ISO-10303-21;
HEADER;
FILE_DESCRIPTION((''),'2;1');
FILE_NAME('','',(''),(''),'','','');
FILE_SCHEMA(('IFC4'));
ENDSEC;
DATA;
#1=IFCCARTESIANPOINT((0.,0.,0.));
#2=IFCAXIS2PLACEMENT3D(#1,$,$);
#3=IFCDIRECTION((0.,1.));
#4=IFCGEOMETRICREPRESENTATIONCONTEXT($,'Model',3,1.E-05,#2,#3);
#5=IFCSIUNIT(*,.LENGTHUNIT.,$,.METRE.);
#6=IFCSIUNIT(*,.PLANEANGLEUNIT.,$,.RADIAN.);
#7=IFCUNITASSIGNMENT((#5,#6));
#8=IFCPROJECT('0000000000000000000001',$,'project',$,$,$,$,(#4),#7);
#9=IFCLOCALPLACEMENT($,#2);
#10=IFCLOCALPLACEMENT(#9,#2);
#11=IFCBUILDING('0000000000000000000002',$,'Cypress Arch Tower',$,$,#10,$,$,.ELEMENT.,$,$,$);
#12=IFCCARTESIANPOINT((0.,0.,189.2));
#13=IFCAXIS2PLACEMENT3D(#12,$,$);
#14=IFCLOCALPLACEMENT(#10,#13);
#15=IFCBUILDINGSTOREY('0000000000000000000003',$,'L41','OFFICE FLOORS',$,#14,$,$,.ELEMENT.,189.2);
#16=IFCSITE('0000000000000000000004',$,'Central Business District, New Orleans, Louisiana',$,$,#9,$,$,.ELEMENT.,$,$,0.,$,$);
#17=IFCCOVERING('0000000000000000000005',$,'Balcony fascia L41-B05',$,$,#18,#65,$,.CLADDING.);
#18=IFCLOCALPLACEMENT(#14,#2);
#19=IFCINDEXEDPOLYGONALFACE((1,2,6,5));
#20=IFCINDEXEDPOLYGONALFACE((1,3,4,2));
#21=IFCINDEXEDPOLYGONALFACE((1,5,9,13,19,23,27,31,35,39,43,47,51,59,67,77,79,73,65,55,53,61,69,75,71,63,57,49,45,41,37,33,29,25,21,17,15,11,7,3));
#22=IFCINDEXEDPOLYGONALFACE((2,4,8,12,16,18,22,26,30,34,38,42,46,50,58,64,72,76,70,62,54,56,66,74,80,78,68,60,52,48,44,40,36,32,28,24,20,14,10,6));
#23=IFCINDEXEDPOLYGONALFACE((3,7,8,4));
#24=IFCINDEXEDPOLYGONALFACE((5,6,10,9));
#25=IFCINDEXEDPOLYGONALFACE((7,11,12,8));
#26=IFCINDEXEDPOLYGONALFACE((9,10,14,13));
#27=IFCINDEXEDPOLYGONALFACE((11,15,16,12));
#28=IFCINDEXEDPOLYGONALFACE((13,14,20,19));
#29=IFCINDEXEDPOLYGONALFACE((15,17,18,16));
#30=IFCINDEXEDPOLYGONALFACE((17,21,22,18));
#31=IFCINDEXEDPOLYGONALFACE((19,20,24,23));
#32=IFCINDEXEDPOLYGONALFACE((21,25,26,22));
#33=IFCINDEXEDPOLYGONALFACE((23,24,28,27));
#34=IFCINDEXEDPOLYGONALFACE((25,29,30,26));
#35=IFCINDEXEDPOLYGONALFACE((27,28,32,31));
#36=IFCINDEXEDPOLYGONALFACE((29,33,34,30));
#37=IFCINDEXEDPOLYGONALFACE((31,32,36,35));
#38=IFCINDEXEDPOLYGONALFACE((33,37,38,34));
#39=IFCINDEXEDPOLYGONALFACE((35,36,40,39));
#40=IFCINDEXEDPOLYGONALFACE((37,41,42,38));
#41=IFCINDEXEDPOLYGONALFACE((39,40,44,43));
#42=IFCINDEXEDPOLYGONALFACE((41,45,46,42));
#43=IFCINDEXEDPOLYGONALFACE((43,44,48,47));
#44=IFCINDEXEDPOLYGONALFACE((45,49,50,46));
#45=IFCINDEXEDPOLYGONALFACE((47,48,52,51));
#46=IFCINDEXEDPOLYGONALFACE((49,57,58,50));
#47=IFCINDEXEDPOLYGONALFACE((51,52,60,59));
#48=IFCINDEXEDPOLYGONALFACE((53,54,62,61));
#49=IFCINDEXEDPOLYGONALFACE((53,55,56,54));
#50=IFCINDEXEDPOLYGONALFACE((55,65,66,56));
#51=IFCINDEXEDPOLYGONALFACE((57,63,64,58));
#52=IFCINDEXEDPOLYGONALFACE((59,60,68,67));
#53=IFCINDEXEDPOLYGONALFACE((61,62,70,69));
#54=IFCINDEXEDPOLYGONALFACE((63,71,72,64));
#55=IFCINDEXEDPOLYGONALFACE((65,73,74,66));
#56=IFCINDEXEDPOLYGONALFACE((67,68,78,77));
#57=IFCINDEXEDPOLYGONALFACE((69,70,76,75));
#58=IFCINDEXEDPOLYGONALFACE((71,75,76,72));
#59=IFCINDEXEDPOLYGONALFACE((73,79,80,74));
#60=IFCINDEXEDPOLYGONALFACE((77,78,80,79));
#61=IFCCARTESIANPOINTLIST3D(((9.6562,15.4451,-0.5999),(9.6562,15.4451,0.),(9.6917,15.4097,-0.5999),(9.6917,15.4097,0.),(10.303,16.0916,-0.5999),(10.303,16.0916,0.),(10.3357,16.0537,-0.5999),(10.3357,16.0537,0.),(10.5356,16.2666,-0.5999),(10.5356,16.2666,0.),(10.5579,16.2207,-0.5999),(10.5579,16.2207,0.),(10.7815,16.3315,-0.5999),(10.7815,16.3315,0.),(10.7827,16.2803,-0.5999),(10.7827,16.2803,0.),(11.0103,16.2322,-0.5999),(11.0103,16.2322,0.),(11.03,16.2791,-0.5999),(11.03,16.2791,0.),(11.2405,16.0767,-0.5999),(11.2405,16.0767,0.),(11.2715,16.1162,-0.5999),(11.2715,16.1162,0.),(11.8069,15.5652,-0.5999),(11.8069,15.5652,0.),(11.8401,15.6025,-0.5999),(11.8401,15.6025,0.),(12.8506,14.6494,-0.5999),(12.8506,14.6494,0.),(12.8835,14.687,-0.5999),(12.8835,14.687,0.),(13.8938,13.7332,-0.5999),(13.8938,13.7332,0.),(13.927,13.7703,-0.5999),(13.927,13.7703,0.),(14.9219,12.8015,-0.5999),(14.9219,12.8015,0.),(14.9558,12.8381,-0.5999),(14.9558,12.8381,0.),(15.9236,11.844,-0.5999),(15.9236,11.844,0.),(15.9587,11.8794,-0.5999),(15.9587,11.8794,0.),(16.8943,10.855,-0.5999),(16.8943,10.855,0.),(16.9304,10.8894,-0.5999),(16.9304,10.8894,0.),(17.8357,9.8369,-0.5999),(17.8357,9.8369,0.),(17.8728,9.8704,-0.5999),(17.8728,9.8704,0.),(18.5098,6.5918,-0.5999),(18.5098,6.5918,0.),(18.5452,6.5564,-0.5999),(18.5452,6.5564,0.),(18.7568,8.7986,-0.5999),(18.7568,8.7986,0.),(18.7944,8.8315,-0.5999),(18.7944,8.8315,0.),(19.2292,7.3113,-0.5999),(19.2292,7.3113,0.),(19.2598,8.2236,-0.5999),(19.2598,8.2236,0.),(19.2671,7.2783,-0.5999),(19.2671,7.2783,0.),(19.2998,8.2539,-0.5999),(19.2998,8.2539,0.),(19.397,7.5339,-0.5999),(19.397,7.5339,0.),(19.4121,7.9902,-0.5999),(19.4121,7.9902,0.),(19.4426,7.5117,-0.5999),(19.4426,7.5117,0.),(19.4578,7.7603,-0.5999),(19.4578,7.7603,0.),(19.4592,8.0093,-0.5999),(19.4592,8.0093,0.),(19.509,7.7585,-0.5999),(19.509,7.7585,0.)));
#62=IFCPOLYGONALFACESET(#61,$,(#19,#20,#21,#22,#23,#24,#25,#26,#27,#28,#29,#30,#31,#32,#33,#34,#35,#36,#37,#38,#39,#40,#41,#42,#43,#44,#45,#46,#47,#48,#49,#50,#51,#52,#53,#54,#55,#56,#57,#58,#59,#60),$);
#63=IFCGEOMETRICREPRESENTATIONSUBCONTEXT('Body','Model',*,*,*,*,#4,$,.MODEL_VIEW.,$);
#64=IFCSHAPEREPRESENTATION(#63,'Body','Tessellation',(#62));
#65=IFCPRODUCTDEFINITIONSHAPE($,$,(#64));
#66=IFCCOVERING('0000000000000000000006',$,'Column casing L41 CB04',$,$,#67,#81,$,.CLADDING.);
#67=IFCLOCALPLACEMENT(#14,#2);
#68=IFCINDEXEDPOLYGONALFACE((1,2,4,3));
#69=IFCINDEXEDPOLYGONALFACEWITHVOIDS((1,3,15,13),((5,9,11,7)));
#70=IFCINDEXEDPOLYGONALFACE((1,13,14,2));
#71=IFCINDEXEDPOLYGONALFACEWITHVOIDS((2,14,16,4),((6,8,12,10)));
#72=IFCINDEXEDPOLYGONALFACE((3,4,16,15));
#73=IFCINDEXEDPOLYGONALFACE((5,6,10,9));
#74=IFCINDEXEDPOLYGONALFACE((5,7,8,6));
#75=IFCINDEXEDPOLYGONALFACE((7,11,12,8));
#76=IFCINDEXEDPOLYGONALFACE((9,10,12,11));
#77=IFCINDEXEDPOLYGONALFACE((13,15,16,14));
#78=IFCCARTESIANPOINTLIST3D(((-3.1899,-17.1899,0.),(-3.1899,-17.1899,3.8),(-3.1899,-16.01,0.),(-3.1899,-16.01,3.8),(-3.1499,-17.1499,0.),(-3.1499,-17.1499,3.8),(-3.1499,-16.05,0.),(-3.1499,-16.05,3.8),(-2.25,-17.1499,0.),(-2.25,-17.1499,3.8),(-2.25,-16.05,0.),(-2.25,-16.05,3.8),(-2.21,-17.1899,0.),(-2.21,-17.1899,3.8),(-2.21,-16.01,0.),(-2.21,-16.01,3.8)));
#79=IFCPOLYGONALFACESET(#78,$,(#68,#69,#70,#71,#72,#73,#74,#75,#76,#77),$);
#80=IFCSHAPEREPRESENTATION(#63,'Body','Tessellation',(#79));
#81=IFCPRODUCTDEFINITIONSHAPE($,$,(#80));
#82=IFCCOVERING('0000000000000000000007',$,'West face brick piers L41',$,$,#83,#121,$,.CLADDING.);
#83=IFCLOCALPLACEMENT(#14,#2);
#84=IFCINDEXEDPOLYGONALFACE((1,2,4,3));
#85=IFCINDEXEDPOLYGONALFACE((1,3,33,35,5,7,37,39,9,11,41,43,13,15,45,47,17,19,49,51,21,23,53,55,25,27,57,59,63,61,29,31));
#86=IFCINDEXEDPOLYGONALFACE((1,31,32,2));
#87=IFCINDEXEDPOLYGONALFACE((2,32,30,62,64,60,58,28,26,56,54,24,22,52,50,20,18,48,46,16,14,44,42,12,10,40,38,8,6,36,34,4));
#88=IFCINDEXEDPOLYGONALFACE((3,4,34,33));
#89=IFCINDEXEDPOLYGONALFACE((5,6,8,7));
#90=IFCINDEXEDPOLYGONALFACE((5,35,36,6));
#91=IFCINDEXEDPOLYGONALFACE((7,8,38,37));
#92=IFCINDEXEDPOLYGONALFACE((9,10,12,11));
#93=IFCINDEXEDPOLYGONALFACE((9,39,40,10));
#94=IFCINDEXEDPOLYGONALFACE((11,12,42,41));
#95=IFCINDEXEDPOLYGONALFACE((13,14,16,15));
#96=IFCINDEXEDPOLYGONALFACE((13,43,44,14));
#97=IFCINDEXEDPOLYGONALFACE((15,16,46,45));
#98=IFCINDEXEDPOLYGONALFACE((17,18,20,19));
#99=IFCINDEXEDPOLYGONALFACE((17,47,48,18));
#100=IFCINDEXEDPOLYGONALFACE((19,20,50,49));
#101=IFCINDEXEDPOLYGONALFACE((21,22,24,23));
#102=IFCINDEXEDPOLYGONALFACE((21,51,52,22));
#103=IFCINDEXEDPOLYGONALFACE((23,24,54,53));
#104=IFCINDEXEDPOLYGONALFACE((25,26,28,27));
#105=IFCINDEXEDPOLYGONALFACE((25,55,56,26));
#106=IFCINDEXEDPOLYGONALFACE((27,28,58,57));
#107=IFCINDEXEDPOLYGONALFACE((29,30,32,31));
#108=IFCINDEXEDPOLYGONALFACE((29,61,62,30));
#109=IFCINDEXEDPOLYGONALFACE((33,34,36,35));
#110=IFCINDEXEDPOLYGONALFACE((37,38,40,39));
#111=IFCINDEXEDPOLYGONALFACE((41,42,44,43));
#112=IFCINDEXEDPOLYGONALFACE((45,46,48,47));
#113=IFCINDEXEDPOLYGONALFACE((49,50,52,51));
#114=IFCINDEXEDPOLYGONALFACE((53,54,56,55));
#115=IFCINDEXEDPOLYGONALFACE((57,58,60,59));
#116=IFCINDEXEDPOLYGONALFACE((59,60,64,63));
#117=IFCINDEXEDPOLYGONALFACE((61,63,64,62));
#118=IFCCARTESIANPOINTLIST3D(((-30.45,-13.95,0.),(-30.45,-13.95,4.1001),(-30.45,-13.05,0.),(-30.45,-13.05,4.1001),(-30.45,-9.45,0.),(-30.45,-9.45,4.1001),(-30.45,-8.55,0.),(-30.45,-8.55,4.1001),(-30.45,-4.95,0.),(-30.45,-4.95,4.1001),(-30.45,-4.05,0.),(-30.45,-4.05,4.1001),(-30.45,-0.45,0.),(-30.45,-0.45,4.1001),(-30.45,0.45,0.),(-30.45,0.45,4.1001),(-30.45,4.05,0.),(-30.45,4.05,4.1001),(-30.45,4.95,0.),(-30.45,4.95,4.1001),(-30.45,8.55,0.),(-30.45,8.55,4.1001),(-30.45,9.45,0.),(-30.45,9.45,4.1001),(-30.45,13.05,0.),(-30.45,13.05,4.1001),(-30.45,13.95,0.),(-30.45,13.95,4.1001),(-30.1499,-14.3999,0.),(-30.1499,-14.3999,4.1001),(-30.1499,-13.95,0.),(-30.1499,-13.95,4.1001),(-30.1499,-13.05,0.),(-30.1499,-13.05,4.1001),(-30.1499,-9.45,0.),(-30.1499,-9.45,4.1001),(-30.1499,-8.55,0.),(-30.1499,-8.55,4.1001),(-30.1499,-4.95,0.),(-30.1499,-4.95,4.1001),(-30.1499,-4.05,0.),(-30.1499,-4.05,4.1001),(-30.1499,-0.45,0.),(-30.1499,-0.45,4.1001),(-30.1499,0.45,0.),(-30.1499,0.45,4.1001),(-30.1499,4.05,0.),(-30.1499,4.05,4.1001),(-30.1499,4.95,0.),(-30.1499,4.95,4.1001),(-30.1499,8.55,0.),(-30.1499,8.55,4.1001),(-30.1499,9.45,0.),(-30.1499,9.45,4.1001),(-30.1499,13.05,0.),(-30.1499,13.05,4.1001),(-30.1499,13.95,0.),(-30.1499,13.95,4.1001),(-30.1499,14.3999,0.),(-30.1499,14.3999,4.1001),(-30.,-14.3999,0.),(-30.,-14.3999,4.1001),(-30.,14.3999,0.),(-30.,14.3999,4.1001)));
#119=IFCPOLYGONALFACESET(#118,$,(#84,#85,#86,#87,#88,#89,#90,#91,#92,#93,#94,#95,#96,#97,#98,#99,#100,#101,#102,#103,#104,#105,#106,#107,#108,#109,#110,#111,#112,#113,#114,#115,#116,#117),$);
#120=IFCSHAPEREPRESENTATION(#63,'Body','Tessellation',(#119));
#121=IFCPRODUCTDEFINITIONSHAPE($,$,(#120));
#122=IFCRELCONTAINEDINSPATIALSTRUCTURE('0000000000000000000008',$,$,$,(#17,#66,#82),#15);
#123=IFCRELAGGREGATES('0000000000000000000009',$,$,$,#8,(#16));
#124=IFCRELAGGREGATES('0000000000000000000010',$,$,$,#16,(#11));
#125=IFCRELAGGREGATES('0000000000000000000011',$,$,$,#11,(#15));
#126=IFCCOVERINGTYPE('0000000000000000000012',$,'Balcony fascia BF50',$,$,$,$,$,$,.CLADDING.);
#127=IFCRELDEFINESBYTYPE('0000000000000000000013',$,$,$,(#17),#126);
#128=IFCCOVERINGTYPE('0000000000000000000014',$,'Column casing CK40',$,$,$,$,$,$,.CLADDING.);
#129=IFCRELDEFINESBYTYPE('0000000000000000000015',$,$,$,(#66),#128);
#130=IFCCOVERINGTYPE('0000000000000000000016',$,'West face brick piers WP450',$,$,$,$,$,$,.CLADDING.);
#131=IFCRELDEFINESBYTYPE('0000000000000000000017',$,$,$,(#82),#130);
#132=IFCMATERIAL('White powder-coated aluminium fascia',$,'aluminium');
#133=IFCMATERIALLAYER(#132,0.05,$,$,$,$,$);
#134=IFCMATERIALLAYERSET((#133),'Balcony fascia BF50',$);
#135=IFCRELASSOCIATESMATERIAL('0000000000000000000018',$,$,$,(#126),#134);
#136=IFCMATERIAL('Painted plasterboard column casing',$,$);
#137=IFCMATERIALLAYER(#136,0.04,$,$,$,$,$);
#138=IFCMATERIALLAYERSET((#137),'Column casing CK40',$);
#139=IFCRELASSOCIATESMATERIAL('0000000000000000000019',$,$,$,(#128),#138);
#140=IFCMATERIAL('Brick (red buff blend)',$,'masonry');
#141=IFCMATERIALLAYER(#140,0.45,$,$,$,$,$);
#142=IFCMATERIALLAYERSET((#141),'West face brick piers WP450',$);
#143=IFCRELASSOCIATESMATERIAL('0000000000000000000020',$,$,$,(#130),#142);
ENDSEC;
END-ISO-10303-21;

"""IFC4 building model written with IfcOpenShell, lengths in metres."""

from ifc_helpers import new_model, si_unit, direction, frame, origin, place, context, subcontext, project, spatial, polyline, outline, extrude, material, layer, layer_set, type_object, element, save


model = new_model("IFC4")

# Units and contexts
model_context = context("Model", 3, precision=1e-05, world=origin(), true_north=direction((0.0, 1.0)))
body_context = subcontext(model_context, "Body", "Model", "MODEL_VIEW")
ifc_project = project(units=[si_unit("LENGTHUNIT", "METRE"), si_unit("PLANEANGLEUNIT", "RADIAN")], contexts=[model_context])

# Site, building, storey
site_placement = place(None, origin())
site = spatial("IfcSite", under=ifc_project, at=site_placement, Name="Central Business District, New Orleans, Louisiana", CompositionType="ELEMENT", RefElevation=0.0)
building_placement = place(site_placement, origin())
building = spatial("IfcBuilding", under=site, at=building_placement, Name="Cypress Arch Tower", CompositionType="ELEMENT")
storey_placement = place(building_placement, frame((0.0, 0.0, 189.2)))
storey = spatial("IfcBuildingStorey", under=building, at=storey_placement, Name="L41", Description="OFFICE FLOORS", CompositionType="ELEMENT", Elevation=189.2)

# Coverings
ifc_material_1 = material(Name="White powder-coated aluminium fascia", Category="aluminium")
ifc_layer_1 = layer(ifc_material_1, 0.05)
ifc_layer_set_1 = layer_set([ifc_layer_1], Name="Balcony fascia BF50")
covering_type_1 = type_object("IfcCoveringType", Name="Balcony fascia BF50", PredefinedType="CLADDING", material=ifc_layer_set_1)
covering_1_placement = place(storey_placement, frame((0.0, 0.0, -0.5999)))
element("IfcCovering", 1, at=covering_1_placement, inside=storey, type_object=covering_type_1, Name="Balcony fascia L41-B05", PredefinedType="CLADDING", context=body_context, shape_type="SweptSolid", body=[
    extrude(outline(polyline([(10.303, 16.0916), (10.5356, 16.2666), (10.7815, 16.3315), (11.03, 16.2791), (11.2715, 16.1162), (11.8401, 15.6025), (12.8835, 14.687), (13.927, 13.7703), (14.9558, 12.8381), (15.9587, 11.8794), (16.9304, 10.8894), (17.8728, 9.8704), (18.7944, 8.8315), (19.2998, 8.2539), (19.4592, 8.0093), (19.509, 7.7585), (19.4426, 7.5117), (19.2671, 7.2783), (18.5452, 6.5564), (18.5098, 6.5918), (19.2292, 7.3113), (19.397, 7.5339), (19.4578, 7.7603), (19.4121, 7.9902), (19.2598, 8.2236), (18.7568, 8.7986), (17.8357, 9.8369), (16.8943, 10.855), (15.9236, 11.844), (14.9219, 12.8015), (13.8938, 13.7332), (12.8506, 14.6494), (11.8069, 15.5652), (11.2405, 16.0767), (11.0103, 16.2322), (10.7827, 16.2803), (10.5579, 16.2207), (10.3357, 16.0537), (9.6917, 15.4097), (9.6562, 15.4451), (10.303, 16.0916)])), origin(), (0.0, 0.0, 1.0), 0.5999),
])
ifc_material_2 = material(Name="Painted plasterboard column casing")
ifc_layer_2 = layer(ifc_material_2, 0.04)
ifc_layer_set_2 = layer_set([ifc_layer_2], Name="Column casing CK40")
covering_type_2 = type_object("IfcCoveringType", Name="Column casing CK40", PredefinedType="CLADDING", material=ifc_layer_set_2)
covering_2_placement = place(storey_placement, origin())
element("IfcCovering", 2, at=covering_2_placement, inside=storey, type_object=covering_type_2, Name="Column casing L41 CB04", PredefinedType="CLADDING", context=body_context, shape_type="SweptSolid", body=[
    extrude(outline(polyline([(-3.1899, -17.1899), (-3.1899, -16.01), (-2.21, -16.01), (-2.21, -17.1899), (-3.1899, -17.1899)]), holes=[polyline([(-3.1499, -17.1499), (-2.25, -17.1499), (-2.25, -16.05), (-3.1499, -16.05), (-3.1499, -17.1499)])]), origin(), (0.0, 0.0, 1.0), 3.8),
])
ifc_material_3 = material(Name="Brick (red buff blend)", Category="masonry")
ifc_layer_3 = layer(ifc_material_3, 0.45)
ifc_layer_set_3 = layer_set([ifc_layer_3], Name="West face brick piers WP450")
covering_type_3 = type_object("IfcCoveringType", Name="West face brick piers WP450", PredefinedType="CLADDING", material=ifc_layer_set_3)
covering_3_placement = place(storey_placement, origin())
element("IfcCovering", 3, at=covering_3_placement, inside=storey, type_object=covering_type_3, Name="West face brick piers L41", PredefinedType="CLADDING", context=body_context, shape_type="SweptSolid", body=[
    extrude(outline(polyline([(-30.1499, -13.05), (-30.1499, -9.45), (-30.45, -9.45), (-30.45, -8.55), (-30.1499, -8.55), (-30.1499, -4.95), (-30.45, -4.95), (-30.45, -4.05), (-30.1499, -4.05), (-30.1499, -0.45), (-30.45, -0.45), (-30.45, 0.45), (-30.1499, 0.45), (-30.1499, 4.05), (-30.45, 4.05), (-30.45, 4.95), (-30.1499, 4.95), (-30.1499, 8.55), (-30.45, 8.55), (-30.45, 9.45), (-30.1499, 9.45), (-30.1499, 13.05), (-30.45, 13.05), (-30.45, 13.95), (-30.1499, 13.95), (-30.1499, 14.3999), (-30.0, 14.3999), (-30.0, -14.3999), (-30.1499, -14.3999), (-30.1499, -13.95), (-30.45, -13.95), (-30.45, -13.05), (-30.1499, -13.05)])), origin(), (0.0, 0.0, 1.0), 4.1001),
])

save(model, "model.ifc")
